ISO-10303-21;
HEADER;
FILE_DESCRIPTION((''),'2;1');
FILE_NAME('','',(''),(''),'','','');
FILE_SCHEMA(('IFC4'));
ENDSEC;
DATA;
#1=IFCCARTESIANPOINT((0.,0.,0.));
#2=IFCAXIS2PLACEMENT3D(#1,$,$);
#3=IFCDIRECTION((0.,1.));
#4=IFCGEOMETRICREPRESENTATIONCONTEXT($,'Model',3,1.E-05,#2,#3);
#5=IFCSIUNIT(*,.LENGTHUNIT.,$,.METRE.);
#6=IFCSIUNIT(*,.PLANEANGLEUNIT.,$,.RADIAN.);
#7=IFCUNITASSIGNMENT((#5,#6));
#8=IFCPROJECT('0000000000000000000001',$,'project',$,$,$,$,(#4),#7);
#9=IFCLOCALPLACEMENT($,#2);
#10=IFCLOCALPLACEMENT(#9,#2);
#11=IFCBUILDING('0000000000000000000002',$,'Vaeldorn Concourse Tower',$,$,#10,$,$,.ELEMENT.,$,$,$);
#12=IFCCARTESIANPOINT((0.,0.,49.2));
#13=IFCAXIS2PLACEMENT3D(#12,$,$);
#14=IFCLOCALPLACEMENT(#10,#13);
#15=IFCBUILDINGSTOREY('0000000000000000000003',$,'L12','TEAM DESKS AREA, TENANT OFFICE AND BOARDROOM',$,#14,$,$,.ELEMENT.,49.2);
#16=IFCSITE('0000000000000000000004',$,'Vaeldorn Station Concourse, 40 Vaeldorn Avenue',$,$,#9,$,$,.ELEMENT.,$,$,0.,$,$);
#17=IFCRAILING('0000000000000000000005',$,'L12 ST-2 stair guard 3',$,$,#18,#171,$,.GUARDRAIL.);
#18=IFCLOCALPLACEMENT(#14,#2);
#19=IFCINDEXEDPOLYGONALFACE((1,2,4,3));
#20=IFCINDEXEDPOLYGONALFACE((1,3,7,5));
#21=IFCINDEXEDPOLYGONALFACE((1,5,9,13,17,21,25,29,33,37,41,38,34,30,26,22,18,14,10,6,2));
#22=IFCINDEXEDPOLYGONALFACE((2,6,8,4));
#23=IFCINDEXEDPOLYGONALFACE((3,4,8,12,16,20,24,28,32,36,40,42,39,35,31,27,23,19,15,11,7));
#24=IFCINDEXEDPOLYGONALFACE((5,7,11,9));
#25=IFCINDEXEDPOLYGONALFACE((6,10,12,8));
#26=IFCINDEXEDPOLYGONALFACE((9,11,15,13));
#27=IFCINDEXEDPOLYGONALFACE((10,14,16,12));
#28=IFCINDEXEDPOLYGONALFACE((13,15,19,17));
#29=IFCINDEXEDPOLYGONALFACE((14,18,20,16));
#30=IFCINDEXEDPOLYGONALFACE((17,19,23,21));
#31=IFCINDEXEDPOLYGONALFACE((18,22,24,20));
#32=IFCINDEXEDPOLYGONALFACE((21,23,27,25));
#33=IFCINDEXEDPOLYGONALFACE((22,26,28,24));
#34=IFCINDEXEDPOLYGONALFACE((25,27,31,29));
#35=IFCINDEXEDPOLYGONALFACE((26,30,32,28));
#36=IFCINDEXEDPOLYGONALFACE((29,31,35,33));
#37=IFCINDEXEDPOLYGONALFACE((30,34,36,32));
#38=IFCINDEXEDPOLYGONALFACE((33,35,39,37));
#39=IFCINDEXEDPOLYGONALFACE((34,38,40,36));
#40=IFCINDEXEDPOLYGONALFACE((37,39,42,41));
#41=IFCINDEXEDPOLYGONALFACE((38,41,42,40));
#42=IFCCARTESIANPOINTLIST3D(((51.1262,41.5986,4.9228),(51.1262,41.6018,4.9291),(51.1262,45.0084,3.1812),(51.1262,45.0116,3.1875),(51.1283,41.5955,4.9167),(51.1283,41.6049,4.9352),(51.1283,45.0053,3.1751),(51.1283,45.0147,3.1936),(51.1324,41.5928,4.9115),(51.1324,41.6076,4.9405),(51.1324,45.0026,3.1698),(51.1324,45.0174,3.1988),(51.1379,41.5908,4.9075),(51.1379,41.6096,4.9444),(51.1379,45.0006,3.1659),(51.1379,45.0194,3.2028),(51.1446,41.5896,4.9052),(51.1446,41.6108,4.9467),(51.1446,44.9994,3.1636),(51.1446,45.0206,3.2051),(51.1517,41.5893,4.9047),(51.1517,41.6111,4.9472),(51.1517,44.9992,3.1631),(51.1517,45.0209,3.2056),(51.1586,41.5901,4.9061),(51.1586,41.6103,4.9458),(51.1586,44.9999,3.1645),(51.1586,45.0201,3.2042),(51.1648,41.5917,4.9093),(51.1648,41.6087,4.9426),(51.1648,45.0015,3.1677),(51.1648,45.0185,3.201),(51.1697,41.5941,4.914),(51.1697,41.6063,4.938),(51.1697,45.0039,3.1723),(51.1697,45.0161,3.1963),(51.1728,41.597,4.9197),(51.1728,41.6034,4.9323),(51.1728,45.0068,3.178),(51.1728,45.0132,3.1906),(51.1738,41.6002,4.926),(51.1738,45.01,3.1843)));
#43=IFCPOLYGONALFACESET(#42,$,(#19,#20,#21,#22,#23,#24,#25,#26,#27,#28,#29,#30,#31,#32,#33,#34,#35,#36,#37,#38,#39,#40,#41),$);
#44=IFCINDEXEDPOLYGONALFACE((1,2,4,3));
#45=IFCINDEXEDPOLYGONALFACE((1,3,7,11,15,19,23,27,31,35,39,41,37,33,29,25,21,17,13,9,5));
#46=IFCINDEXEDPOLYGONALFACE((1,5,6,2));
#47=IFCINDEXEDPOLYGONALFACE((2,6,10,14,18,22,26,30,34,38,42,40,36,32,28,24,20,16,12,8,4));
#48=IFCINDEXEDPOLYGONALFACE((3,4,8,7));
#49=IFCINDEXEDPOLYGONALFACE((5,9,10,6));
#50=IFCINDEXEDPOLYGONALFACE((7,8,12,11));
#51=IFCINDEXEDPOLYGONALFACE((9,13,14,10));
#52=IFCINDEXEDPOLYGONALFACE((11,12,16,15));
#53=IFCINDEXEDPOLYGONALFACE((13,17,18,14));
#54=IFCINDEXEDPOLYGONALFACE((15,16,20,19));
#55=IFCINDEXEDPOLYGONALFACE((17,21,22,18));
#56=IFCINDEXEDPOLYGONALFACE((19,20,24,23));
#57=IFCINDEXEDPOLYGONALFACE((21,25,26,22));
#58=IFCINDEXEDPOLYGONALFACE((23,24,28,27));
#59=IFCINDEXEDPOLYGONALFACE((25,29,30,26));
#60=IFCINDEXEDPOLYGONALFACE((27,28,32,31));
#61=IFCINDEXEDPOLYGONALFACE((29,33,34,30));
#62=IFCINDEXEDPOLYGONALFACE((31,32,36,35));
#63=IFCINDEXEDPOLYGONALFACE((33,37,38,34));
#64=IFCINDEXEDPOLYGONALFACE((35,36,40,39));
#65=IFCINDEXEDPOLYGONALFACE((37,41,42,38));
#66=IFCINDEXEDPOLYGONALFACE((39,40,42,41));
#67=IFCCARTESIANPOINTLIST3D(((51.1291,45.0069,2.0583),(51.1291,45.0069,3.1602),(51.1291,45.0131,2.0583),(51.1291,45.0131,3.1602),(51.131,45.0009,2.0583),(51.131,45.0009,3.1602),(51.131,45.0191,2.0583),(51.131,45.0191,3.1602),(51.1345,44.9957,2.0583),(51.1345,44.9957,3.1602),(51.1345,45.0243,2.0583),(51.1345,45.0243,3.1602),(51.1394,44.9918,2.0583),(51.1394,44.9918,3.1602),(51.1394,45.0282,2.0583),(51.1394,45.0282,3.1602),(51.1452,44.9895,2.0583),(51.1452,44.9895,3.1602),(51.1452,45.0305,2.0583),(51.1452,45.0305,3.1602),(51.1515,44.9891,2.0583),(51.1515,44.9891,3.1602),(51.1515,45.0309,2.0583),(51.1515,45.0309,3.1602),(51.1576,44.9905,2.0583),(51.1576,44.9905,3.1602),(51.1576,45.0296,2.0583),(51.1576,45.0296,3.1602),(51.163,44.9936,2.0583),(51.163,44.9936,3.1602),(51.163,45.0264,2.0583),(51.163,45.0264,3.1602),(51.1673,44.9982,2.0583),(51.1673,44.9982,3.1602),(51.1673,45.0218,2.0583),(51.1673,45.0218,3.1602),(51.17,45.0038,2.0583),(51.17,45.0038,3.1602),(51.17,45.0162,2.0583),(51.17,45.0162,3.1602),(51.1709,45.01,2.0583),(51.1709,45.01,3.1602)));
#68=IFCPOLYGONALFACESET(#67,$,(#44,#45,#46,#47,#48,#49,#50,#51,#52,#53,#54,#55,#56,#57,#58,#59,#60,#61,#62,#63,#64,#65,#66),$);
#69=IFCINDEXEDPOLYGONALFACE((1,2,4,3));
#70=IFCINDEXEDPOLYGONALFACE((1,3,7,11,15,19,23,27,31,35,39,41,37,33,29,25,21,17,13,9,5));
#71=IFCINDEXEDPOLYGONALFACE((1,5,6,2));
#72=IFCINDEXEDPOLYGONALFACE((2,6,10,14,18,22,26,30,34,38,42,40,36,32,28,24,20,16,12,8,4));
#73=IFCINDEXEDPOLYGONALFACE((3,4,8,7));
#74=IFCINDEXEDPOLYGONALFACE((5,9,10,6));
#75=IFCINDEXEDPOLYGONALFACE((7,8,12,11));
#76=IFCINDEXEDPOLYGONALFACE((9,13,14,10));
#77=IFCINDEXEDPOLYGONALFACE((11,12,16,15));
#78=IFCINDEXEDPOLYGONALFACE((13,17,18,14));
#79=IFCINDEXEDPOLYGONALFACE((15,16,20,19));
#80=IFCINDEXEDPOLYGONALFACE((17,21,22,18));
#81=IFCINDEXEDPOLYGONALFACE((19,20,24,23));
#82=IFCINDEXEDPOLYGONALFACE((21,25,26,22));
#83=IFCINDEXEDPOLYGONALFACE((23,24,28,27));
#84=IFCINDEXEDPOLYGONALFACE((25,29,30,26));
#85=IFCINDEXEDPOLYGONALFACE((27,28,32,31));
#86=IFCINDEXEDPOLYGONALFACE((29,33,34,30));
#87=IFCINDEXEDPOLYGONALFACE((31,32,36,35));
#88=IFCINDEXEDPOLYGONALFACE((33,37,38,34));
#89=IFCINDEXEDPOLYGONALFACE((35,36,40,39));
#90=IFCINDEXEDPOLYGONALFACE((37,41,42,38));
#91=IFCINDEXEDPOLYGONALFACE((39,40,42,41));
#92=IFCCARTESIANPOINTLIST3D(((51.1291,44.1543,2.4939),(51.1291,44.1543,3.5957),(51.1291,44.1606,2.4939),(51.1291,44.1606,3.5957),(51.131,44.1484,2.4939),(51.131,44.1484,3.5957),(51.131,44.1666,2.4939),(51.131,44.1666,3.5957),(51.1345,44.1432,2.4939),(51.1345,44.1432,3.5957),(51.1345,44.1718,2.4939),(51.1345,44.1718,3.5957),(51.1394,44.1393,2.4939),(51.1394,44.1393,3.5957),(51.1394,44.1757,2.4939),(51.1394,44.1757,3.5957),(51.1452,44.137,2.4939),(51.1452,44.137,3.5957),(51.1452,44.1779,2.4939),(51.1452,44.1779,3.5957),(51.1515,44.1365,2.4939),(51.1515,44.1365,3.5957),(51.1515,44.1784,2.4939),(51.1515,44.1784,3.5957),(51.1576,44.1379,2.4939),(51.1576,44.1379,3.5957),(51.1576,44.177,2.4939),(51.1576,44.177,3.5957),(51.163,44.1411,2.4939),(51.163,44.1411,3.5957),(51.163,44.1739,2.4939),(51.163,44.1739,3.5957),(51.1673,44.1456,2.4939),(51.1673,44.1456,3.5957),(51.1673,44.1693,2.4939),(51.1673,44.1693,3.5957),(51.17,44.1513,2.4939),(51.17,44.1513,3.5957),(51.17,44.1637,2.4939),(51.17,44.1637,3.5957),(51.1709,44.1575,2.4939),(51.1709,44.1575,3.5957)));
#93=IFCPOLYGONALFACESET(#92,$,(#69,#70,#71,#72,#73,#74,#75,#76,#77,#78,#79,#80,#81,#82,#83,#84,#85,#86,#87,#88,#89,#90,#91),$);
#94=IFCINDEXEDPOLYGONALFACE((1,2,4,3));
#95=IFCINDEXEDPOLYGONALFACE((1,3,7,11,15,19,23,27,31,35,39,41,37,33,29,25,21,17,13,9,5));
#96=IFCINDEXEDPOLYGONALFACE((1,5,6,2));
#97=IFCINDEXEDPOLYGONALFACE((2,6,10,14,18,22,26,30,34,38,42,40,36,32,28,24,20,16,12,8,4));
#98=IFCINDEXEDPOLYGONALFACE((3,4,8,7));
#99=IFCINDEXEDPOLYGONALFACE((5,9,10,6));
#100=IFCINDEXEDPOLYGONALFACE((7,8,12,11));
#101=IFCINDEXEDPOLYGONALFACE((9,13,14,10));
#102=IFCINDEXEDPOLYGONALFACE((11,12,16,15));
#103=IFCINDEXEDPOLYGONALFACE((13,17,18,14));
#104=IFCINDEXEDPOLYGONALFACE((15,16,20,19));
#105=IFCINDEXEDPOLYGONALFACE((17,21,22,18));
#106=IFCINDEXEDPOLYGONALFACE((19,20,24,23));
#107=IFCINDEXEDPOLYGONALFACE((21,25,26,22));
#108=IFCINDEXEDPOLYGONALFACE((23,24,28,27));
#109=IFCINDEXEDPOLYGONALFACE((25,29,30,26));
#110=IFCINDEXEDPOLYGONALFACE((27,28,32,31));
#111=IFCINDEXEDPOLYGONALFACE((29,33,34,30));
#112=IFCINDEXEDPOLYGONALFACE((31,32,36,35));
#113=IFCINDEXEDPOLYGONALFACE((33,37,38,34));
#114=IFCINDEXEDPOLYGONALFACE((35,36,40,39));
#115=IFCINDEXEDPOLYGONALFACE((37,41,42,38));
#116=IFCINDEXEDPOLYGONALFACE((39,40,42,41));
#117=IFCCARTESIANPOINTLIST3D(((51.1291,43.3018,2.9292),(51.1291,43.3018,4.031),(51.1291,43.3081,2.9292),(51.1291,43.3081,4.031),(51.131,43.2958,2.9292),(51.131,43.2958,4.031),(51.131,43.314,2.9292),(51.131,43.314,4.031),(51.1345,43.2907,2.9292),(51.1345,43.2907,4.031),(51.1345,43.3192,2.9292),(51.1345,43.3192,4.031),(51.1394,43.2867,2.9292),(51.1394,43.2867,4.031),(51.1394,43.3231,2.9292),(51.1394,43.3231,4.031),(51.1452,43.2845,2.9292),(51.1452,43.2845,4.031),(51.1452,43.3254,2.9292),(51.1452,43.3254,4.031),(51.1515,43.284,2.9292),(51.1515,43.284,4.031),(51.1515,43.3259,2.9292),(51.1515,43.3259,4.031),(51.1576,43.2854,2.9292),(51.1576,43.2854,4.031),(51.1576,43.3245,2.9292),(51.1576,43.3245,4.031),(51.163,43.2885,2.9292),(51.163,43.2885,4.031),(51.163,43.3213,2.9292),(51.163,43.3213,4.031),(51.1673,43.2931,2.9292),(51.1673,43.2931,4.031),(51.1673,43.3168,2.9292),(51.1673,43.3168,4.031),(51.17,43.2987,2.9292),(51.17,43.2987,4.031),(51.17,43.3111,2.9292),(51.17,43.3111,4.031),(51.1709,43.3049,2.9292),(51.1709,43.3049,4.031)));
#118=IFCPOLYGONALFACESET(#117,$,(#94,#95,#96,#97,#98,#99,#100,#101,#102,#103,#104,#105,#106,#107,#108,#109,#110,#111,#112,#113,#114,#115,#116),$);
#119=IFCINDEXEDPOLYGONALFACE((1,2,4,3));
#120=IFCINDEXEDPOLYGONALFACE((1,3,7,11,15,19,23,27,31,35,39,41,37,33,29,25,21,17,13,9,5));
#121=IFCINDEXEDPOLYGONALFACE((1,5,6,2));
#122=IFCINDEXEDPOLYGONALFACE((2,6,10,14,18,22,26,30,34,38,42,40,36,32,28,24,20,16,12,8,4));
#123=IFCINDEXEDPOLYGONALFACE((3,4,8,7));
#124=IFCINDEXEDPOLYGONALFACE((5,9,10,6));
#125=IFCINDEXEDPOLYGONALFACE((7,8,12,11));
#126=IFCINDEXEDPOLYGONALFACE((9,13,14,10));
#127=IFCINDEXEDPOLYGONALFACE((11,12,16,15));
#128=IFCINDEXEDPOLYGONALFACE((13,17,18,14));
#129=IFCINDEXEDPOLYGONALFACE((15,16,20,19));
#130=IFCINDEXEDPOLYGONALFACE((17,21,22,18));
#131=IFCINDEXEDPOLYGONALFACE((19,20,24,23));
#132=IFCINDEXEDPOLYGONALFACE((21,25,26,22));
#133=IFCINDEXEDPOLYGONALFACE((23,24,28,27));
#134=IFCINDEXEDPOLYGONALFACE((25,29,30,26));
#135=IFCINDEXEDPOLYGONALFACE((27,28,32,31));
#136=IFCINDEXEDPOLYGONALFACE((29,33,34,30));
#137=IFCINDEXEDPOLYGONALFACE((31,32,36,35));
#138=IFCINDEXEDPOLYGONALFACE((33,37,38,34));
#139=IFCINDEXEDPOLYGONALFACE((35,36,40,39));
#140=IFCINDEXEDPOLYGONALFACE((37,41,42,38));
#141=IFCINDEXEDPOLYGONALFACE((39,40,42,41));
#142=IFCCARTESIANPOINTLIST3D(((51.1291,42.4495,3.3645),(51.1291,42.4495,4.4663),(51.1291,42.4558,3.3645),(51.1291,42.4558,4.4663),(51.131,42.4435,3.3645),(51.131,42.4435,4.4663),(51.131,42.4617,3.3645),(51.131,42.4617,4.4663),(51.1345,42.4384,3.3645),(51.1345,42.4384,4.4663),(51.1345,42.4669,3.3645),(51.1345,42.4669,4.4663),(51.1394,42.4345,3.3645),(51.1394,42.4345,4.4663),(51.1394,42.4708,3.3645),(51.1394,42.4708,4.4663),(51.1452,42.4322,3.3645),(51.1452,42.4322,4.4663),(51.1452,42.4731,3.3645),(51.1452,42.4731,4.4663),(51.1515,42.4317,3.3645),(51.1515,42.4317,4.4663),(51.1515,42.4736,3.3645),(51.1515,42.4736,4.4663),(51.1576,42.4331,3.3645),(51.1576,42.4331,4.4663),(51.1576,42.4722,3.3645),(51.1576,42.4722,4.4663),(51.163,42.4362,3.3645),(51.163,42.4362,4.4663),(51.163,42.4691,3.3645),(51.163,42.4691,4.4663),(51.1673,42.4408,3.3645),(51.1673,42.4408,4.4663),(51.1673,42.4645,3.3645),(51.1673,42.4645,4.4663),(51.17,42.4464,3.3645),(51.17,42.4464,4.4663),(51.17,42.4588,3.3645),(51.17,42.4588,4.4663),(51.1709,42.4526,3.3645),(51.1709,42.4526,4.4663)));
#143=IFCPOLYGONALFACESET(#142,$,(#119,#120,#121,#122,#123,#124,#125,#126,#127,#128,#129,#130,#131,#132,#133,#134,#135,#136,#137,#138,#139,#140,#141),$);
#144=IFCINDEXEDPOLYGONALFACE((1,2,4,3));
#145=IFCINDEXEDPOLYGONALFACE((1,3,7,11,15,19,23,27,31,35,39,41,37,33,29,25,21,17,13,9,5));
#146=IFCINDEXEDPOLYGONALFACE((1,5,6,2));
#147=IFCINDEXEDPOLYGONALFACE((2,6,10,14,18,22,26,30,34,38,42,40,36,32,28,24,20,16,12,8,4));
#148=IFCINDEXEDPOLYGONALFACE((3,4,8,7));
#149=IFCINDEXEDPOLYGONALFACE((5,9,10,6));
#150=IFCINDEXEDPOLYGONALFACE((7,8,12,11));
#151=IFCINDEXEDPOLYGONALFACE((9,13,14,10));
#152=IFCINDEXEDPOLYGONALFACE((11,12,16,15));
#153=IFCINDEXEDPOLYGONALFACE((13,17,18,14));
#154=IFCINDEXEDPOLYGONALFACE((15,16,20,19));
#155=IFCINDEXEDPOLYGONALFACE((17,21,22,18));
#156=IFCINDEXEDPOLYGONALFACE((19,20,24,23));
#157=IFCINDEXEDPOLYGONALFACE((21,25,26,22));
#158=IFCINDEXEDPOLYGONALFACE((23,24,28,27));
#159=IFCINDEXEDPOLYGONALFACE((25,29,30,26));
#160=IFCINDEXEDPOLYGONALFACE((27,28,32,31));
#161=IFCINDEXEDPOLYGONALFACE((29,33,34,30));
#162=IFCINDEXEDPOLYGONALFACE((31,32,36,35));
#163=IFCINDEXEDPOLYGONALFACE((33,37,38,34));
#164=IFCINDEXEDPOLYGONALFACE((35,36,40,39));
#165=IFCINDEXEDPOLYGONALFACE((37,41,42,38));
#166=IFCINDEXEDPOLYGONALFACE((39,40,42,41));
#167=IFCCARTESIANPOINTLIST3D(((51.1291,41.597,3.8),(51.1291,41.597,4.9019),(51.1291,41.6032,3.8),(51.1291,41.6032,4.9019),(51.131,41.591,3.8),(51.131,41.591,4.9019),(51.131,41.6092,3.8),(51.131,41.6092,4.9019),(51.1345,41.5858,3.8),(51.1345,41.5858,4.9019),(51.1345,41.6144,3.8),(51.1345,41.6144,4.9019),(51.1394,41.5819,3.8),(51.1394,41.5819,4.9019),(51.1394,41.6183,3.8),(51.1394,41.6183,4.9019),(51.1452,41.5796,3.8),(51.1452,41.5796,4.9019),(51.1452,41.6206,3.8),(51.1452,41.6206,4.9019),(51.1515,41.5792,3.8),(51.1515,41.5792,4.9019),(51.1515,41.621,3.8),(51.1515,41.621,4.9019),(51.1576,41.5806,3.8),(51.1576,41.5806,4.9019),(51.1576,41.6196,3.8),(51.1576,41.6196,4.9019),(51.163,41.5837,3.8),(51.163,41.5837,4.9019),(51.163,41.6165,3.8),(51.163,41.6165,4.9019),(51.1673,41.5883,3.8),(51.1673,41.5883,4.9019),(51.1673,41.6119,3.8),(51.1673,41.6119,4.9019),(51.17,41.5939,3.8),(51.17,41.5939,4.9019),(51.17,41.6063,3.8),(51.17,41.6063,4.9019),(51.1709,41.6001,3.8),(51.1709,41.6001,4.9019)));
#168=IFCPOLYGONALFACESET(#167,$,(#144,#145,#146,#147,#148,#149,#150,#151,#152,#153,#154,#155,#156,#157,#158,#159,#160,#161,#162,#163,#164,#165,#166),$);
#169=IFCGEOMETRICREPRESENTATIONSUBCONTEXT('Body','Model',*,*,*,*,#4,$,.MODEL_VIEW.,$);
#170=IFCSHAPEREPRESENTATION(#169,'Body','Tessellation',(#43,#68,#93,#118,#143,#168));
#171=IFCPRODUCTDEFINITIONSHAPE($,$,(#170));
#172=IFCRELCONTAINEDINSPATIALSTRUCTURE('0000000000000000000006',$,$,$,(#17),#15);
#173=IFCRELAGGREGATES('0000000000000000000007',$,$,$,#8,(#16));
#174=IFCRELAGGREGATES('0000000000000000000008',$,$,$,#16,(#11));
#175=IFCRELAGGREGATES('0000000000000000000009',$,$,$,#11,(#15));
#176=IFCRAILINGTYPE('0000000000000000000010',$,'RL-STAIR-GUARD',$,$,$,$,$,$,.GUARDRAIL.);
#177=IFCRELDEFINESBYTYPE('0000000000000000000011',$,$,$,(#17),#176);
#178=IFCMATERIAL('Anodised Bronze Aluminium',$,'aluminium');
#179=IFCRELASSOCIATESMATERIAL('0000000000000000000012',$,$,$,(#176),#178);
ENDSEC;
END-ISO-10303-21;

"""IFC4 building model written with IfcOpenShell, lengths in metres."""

from ifc_helpers import new_model, si_unit, direction, frame, origin, origin_2d, place, context, subcontext, project, spatial, circle, extrude, material, type_object, element, save


model = new_model("IFC4")

# Units and contexts
model_context = context("Model", 3, precision=1e-05, world=origin(), true_north=direction((0.0, 1.0)))
body_context = subcontext(model_context, "Body", "Model", "MODEL_VIEW")
ifc_project = project(units=[si_unit("LENGTHUNIT", "METRE"), si_unit("PLANEANGLEUNIT", "RADIAN")], contexts=[model_context])

# Site, building, storey
site_placement = place(None, origin())
site = spatial("IfcSite", under=ifc_project, at=site_placement, Name="Vaeldorn Station Concourse, 40 Vaeldorn Avenue", CompositionType="ELEMENT", RefElevation=0.0)
building_placement = place(site_placement, origin())
building = spatial("IfcBuilding", under=site, at=building_placement, Name="Vaeldorn Concourse Tower", CompositionType="ELEMENT")
storey_placement = place(building_placement, frame((0.0, 0.0, 49.2)))
storey = spatial("IfcBuildingStorey", under=building, at=storey_placement, Name="L12", Description="TEAM DESKS AREA, TENANT OFFICE AND BOARDROOM", CompositionType="ELEMENT", Elevation=49.2)

# Shared definitions
ifc_material_1 = material(Name="Anodised Bronze Aluminium", Category="aluminium")

# Railing
railing_type_1 = type_object("IfcRailingType", Name="RL-STAIR-GUARD", PredefinedType="GUARDRAIL", material=ifc_material_1)
railing_1_placement = place(storey_placement, frame((51.1499, 45.01, 2.0583)))
element("IfcRailing", 1, at=railing_1_placement, inside=storey, type_object=railing_type_1, Name="L12 ST-2 stair guard 3", PredefinedType="GUARDRAIL", context=body_context, shape_type="SweptSolid", body=[
    extrude(circle(Radius=0.0239, at=origin_2d()), frame((0.0, 0.0, 1.126), z_axis=(0.0, -0.890556, 0.454874), x_axis=(1.0, 0.0, 0.0)), (0.0, 0.0, 1.0), 3.8289),
    extrude(circle(Radius=0.021, at=origin_2d()), origin(), (0.0, 0.0, 1.0), 1.1018),
    extrude(circle(Radius=0.021, at=origin_2d()), frame((0.0, -0.8525, 0.4355)), (0.0, 0.0, 1.0), 1.1018),
    extrude(circle(Radius=0.021, at=origin_2d()), frame((0.0, -1.7051, 0.8708)), (0.0, 0.0, 1.0), 1.1018),
    extrude(circle(Radius=0.021, at=origin_2d()), frame((0.0, -2.5574, 1.3062)), (0.0, 0.0, 1.0), 1.1018),
    extrude(circle(Radius=0.021, at=origin_2d()), frame((0.0, -3.4099, 1.7417)), (0.0, 0.0, 1.0), 1.1018),
])

save(model, "model.ifc")
